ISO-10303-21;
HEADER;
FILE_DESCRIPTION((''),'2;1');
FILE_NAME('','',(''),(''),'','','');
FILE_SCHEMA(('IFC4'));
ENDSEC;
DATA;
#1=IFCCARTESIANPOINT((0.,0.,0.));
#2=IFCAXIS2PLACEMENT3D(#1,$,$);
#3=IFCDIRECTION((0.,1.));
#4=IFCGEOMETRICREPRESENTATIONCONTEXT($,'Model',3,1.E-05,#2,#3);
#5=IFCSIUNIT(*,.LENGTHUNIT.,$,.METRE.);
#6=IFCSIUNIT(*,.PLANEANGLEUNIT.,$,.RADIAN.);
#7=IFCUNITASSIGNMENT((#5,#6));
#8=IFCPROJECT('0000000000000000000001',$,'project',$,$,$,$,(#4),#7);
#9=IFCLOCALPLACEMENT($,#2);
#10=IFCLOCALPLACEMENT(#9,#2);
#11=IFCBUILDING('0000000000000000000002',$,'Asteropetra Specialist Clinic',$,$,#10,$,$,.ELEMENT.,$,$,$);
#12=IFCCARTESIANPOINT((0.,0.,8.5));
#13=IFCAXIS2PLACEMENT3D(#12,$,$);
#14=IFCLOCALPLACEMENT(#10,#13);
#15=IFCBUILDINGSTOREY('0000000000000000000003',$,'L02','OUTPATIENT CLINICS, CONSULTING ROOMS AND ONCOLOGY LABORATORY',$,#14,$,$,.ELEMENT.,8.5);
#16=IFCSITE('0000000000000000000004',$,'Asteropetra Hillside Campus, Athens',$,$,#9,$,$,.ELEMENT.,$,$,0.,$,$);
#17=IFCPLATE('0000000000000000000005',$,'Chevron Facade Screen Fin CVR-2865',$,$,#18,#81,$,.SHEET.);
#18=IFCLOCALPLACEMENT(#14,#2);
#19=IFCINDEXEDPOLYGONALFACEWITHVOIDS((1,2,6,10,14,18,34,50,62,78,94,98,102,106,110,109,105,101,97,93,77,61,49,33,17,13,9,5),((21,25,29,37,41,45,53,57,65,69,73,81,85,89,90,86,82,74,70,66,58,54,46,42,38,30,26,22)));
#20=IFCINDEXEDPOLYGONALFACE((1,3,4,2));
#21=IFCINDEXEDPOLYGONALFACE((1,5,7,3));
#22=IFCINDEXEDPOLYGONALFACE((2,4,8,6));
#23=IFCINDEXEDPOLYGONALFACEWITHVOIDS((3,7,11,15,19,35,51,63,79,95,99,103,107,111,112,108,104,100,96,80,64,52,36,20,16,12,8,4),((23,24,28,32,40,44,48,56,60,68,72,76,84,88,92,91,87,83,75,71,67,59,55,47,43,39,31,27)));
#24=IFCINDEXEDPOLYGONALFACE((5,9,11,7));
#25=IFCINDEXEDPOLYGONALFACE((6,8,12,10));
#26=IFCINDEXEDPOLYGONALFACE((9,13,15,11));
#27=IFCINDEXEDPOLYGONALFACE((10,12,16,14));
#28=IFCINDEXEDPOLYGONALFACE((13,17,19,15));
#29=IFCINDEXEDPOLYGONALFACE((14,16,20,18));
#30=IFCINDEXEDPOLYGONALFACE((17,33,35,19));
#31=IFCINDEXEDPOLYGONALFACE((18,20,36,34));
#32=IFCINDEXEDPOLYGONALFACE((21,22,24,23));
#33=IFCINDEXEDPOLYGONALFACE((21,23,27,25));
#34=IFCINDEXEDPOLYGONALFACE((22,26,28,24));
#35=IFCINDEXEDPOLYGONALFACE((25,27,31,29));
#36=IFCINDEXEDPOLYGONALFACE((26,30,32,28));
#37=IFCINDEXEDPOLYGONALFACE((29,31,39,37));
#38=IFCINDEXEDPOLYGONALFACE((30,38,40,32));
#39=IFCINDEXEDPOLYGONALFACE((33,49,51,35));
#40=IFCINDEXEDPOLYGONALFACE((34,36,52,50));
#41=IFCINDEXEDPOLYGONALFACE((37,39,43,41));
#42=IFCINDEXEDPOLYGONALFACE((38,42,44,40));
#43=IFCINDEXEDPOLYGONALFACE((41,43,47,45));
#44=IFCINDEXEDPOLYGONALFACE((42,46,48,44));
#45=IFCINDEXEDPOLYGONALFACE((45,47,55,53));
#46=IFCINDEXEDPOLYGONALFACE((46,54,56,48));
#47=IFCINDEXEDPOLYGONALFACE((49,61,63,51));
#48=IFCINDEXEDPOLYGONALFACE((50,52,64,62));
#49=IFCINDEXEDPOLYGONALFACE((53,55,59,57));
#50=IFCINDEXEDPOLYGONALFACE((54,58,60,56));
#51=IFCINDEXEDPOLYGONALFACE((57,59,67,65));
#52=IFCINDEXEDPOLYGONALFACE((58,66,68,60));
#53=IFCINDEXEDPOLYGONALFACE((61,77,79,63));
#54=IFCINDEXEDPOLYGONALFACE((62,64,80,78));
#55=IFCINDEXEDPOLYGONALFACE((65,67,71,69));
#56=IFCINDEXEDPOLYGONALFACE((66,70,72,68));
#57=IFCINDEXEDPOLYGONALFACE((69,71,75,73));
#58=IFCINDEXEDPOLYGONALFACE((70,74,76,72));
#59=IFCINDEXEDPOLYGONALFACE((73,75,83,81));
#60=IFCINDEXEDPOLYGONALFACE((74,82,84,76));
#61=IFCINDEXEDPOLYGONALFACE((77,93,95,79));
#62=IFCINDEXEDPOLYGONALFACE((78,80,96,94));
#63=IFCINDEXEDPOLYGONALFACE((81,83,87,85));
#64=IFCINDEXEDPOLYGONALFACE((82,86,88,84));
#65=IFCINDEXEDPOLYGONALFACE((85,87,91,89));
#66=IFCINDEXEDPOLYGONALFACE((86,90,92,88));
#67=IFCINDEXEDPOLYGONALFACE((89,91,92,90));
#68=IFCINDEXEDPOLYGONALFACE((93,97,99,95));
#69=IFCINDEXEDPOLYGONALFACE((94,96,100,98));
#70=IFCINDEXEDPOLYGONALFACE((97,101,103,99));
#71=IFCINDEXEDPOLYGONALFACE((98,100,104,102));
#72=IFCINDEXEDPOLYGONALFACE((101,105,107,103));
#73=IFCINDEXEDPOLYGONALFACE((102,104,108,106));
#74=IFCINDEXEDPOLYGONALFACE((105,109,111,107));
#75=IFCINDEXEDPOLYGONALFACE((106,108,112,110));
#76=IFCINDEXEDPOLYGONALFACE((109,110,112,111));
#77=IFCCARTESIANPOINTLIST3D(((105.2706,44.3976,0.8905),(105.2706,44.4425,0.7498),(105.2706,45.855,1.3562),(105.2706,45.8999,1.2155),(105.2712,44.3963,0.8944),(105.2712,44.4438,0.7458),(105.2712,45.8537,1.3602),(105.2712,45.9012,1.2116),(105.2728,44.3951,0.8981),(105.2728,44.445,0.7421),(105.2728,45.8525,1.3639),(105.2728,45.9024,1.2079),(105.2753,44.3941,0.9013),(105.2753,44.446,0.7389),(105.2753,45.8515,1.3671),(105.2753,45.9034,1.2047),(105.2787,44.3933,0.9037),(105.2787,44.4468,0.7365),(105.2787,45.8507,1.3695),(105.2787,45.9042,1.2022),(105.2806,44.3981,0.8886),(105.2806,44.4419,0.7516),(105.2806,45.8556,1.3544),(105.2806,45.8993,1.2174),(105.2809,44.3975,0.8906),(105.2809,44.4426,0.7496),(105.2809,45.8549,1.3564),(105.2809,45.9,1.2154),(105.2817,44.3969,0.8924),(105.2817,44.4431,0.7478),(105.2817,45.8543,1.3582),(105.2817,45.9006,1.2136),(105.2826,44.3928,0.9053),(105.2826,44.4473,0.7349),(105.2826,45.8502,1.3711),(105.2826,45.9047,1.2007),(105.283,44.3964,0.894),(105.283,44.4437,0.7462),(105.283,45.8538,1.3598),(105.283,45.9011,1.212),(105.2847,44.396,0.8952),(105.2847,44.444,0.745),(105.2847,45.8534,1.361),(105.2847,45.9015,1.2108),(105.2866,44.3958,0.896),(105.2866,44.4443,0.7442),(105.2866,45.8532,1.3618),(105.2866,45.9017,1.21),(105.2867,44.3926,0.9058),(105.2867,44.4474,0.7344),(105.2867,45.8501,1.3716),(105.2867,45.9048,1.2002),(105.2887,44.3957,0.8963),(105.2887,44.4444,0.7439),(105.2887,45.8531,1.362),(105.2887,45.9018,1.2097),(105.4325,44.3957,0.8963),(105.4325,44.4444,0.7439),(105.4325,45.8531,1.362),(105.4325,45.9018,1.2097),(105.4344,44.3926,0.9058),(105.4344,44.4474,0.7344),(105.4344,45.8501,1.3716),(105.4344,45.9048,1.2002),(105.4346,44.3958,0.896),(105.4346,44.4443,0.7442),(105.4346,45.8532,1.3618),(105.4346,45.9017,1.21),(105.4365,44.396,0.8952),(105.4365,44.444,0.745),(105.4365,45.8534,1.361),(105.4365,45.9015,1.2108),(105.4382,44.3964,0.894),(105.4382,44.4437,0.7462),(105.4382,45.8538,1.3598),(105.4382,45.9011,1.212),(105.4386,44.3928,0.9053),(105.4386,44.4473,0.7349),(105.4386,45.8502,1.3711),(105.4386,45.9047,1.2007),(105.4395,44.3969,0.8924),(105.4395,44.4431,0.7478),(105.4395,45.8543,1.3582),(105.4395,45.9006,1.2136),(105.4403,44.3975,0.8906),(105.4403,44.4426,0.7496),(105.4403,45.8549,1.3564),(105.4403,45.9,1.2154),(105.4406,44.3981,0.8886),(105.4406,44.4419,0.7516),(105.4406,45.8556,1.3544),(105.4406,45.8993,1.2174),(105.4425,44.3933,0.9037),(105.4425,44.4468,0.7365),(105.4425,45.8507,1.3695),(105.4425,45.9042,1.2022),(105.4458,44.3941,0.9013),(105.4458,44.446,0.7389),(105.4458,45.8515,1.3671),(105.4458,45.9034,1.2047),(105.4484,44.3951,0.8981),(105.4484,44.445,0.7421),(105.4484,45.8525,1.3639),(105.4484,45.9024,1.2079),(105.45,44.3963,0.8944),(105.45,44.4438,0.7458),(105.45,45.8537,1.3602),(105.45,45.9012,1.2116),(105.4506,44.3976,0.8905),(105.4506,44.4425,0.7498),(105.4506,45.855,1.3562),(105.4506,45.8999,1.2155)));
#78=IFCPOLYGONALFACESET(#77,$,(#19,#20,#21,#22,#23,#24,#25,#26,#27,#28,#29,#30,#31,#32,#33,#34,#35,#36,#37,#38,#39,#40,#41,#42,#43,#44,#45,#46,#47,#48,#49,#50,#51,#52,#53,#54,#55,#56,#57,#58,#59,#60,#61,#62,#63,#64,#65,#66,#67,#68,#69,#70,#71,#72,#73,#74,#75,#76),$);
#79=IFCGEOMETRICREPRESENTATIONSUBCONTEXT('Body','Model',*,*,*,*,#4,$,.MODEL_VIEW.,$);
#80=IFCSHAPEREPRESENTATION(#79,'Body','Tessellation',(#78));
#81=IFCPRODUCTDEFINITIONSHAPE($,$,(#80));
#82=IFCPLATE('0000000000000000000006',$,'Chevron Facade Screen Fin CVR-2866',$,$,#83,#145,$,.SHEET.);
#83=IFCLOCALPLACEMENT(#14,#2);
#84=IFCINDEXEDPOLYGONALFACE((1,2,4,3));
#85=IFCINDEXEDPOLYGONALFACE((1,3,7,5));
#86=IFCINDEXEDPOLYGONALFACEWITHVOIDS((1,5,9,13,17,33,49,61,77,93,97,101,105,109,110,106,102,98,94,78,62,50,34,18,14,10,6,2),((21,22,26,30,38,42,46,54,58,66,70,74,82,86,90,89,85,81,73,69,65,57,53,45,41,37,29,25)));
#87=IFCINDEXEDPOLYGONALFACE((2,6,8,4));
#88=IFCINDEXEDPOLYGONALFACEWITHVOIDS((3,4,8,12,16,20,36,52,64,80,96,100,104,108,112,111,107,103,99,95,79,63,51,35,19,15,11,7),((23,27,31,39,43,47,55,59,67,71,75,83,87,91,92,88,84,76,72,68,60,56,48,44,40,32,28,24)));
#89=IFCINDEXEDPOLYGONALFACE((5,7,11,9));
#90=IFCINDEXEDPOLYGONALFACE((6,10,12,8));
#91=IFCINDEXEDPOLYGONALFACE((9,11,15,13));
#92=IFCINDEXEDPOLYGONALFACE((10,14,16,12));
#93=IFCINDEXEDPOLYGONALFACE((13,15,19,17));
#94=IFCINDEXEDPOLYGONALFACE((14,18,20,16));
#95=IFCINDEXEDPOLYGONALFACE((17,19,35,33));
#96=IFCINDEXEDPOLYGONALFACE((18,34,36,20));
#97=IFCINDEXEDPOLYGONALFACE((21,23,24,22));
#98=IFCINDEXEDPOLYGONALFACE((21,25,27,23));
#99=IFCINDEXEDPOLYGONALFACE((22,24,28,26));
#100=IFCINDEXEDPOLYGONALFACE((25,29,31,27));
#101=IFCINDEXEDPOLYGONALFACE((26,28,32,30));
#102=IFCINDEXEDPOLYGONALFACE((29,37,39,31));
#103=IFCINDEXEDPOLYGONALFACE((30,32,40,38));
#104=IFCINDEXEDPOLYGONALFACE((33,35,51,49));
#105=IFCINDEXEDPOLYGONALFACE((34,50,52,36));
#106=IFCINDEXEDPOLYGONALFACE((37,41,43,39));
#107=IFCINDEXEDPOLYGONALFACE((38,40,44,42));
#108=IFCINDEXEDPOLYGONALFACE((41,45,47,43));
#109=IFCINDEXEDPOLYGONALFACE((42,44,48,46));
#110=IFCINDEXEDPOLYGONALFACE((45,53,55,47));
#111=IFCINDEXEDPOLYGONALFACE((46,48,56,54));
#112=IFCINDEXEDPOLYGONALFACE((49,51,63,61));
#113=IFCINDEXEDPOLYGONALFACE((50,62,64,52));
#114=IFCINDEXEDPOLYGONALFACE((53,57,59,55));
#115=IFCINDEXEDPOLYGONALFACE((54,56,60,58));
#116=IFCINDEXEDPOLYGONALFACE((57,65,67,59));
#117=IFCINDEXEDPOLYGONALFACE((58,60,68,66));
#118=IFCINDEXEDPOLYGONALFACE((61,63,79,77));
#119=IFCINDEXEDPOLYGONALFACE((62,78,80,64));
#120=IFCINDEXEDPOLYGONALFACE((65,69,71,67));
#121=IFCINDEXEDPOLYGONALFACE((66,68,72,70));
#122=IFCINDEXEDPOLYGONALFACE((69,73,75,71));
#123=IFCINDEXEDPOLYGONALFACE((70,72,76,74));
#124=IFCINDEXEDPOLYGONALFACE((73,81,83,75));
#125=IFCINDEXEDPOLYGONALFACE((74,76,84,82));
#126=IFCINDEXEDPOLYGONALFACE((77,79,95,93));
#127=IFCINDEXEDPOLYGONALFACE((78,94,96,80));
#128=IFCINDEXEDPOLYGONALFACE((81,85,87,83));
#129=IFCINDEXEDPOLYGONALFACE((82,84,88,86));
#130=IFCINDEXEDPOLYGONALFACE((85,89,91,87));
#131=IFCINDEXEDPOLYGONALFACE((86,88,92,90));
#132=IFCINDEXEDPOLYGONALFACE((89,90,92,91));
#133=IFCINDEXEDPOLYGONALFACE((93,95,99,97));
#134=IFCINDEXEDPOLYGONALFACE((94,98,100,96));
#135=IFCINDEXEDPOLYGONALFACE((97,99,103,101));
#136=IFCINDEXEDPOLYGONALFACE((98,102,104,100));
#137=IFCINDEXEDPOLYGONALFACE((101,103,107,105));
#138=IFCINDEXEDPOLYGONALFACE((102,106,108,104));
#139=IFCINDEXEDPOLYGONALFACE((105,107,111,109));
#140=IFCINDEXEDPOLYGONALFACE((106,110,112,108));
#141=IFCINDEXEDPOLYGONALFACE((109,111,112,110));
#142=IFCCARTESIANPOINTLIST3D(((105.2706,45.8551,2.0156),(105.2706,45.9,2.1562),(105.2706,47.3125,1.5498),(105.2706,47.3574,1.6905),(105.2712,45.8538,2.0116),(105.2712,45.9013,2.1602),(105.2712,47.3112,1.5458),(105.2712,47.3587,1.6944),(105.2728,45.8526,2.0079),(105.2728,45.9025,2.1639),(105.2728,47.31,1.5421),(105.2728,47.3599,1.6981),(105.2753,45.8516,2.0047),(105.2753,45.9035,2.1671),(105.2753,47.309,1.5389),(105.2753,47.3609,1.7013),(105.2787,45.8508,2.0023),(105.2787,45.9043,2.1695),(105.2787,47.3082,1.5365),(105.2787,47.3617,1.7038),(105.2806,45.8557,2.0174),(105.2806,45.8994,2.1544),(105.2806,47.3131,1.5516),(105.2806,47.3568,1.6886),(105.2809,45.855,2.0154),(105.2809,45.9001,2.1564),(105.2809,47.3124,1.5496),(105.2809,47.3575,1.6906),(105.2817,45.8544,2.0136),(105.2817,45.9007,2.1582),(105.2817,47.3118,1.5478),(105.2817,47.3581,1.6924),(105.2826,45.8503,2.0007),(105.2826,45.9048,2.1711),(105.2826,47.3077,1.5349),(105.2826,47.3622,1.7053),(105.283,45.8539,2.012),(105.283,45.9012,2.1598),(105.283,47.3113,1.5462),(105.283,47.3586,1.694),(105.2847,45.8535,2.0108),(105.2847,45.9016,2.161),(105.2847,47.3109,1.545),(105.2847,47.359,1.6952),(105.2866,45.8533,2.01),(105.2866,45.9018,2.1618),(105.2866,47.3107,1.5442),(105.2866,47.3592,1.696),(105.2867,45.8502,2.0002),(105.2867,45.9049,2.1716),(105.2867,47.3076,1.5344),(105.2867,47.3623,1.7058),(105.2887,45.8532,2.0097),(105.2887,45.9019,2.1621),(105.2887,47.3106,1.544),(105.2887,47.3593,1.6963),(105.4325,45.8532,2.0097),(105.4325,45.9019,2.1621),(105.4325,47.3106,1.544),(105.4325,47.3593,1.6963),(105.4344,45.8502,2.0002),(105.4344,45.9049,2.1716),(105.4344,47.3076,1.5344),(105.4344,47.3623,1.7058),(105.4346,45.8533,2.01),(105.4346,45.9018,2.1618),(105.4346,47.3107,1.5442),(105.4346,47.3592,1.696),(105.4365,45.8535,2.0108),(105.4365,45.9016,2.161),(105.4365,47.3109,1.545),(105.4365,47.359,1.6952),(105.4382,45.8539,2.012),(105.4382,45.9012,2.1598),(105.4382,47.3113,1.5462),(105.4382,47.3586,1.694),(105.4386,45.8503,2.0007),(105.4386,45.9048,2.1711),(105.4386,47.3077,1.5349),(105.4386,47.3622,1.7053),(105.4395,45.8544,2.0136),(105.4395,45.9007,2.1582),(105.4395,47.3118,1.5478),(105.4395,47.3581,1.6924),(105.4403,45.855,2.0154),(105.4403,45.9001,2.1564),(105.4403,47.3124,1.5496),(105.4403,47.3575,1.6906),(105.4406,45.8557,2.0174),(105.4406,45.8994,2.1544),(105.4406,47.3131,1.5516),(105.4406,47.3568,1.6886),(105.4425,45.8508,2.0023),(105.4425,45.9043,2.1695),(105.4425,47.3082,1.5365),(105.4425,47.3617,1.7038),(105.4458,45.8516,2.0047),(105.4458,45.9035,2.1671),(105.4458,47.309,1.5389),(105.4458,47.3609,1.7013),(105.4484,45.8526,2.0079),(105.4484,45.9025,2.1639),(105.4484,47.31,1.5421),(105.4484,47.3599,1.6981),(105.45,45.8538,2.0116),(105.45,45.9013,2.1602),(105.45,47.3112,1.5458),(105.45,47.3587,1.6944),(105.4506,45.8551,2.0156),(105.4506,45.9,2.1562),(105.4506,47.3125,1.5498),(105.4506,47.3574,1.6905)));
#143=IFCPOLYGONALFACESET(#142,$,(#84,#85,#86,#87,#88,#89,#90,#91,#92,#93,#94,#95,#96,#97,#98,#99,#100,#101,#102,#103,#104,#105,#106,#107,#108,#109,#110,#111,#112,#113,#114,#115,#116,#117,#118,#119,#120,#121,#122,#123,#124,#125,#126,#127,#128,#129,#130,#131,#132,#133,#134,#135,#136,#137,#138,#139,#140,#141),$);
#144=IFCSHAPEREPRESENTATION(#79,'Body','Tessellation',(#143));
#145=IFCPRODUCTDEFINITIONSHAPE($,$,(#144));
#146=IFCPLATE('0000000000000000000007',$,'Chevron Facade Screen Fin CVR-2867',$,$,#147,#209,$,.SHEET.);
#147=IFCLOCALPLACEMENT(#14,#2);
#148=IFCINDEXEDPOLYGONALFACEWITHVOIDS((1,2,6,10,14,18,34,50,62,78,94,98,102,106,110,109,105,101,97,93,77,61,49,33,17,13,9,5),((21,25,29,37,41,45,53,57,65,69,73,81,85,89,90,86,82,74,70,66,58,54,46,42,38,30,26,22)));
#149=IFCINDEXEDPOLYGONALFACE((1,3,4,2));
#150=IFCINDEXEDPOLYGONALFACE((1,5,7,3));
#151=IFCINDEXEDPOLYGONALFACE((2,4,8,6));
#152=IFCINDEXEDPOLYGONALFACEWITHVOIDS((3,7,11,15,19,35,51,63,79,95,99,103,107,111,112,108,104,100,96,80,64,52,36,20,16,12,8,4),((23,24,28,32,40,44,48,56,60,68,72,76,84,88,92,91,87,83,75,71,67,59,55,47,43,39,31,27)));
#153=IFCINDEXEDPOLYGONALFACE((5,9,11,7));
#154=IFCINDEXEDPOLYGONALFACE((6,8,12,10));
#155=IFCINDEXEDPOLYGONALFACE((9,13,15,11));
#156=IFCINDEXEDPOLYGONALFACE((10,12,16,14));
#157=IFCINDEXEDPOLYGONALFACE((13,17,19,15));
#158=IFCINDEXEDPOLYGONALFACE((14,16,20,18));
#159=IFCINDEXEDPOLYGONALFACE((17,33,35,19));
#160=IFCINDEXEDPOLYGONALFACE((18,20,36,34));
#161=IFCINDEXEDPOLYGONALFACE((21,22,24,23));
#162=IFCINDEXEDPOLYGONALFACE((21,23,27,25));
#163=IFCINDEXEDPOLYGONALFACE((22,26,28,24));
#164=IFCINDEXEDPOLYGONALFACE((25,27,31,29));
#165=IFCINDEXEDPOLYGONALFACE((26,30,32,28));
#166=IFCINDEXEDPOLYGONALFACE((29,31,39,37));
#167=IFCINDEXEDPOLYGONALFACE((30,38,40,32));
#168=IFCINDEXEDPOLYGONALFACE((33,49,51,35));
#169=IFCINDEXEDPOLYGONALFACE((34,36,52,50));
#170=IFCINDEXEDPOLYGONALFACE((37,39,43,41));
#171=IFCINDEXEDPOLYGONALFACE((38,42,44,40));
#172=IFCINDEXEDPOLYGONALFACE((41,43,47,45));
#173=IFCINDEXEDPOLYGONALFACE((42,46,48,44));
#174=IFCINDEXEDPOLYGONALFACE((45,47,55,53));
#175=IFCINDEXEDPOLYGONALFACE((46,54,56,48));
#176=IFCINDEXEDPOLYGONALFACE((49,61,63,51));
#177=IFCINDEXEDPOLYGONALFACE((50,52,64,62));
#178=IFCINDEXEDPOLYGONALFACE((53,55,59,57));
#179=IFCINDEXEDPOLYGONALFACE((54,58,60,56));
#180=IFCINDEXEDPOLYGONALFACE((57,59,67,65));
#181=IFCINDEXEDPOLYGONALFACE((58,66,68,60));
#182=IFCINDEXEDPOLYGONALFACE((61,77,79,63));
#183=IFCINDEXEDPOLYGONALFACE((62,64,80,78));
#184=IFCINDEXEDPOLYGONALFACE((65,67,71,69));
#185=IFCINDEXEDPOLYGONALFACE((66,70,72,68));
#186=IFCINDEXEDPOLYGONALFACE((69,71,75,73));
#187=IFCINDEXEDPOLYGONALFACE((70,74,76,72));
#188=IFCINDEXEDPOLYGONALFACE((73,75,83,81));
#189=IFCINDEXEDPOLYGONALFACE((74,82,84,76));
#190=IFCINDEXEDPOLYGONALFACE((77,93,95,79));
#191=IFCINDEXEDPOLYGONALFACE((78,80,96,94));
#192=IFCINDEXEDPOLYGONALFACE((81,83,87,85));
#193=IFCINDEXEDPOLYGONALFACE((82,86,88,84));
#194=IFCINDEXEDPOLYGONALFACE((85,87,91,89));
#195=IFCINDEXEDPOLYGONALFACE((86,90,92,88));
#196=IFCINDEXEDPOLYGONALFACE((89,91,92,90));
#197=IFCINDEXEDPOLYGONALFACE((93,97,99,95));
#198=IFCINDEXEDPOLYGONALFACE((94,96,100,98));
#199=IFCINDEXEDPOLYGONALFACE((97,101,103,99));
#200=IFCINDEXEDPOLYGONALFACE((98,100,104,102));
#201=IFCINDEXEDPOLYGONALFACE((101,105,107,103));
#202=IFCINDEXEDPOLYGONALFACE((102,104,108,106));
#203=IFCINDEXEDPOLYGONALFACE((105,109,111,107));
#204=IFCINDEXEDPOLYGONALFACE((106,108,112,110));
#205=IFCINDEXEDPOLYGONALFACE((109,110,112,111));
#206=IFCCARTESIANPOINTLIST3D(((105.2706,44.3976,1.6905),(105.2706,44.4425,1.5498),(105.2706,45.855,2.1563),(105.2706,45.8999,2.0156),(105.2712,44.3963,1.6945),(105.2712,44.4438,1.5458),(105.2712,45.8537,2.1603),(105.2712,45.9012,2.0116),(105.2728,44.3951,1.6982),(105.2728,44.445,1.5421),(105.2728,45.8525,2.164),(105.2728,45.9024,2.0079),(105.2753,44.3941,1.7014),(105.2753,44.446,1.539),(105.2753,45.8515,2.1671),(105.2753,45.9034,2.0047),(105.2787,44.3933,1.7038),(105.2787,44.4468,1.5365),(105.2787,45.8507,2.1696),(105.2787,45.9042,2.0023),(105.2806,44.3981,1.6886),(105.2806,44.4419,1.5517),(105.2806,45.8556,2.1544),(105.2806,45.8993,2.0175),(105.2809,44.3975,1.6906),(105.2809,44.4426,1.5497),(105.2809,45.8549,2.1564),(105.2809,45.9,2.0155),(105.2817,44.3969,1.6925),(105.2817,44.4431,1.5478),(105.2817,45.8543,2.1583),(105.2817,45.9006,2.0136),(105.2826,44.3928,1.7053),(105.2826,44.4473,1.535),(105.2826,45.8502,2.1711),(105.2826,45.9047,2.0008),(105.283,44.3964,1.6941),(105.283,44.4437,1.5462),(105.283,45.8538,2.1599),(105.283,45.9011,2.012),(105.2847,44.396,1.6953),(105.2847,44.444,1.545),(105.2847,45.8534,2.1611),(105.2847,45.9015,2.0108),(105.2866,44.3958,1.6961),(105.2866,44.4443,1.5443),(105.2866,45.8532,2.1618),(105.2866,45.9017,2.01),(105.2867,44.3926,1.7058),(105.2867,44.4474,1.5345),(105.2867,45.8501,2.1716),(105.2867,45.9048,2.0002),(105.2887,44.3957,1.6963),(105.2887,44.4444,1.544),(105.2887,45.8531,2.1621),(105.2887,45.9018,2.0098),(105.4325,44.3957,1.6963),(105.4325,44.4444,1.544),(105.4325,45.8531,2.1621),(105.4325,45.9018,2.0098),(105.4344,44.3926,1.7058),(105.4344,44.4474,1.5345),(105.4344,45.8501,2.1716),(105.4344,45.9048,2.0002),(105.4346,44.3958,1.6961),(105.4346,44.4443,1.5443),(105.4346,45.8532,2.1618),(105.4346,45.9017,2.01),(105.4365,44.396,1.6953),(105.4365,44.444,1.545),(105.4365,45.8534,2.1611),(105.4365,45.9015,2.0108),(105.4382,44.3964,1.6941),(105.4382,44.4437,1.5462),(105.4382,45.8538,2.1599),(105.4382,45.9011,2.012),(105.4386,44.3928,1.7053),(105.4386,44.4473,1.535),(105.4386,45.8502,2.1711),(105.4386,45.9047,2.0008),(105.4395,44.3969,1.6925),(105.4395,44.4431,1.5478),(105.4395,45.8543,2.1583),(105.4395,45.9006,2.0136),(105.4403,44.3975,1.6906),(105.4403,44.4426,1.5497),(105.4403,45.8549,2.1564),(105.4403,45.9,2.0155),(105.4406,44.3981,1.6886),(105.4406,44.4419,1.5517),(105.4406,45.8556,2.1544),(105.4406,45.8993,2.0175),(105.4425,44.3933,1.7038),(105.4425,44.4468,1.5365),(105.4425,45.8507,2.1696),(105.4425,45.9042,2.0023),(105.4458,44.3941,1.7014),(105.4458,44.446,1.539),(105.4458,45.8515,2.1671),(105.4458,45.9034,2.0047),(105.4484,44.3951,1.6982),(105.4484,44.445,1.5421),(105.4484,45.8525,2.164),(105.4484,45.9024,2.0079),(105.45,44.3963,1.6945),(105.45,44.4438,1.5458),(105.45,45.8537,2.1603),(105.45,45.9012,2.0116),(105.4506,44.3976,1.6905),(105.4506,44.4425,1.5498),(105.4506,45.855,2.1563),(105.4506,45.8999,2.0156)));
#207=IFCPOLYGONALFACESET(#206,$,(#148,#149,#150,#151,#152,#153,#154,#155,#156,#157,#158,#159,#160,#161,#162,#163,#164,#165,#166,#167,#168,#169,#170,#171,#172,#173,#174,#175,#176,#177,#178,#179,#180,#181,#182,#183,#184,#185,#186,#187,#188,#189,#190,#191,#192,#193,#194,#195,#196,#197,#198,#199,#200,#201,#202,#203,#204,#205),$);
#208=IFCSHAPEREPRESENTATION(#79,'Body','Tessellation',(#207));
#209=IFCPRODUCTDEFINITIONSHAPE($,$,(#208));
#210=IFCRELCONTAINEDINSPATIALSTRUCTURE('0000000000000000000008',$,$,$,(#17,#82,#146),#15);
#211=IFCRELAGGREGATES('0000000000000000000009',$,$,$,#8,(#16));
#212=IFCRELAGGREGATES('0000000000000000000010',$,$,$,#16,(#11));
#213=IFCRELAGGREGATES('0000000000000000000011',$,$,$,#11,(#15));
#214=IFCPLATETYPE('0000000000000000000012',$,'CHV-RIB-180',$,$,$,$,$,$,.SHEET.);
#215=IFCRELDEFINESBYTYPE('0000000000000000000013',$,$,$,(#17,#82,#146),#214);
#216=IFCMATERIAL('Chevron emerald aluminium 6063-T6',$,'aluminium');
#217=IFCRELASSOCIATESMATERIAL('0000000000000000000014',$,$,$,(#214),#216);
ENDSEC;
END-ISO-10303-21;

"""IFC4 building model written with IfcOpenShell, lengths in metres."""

from ifc_helpers import new_model, si_unit, direction, frame, origin, origin_2d, place, context, subcontext, project, spatial, hollow_rectangle, extrude, material, material_profile, profile_set, type_object, element, save


model = new_model("IFC4")

# Units and contexts
model_context = context("Model", 3, precision=1e-05, world=origin(), true_north=direction((0.0, 1.0)))
body_context = subcontext(model_context, "Body", "Model", "MODEL_VIEW")
ifc_project = project(units=[si_unit("LENGTHUNIT", "METRE"), si_unit("PLANEANGLEUNIT", "RADIAN")], contexts=[model_context])

# Site, building, storey
site_placement = place(None, origin())
site = spatial("IfcSite", under=ifc_project, at=site_placement, Name="Asteropetra Hillside Campus, Athens", CompositionType="ELEMENT", RefElevation=0.0)
building_placement = place(site_placement, origin())
building = spatial("IfcBuilding", under=site, at=building_placement, Name="Asteropetra Specialist Clinic", CompositionType="ELEMENT")
storey_placement = place(building_placement, frame((0.0, 0.0, 8.5)))
storey = spatial("IfcBuildingStorey", under=building, at=storey_placement, Name="L02", Description="OUTPATIENT CLINICS, CONSULTING ROOMS AND ONCOLOGY LABORATORY", CompositionType="ELEMENT", Elevation=8.5)

# Plates
ifc_material_1 = material(Name="Chevron emerald aluminium 6063-T6", Category="aluminium")
ifc_material_profile = material_profile(ifc_material_1, hollow_rectangle(XDim=0.1799, YDim=0.1799, WallThickness=0.01, InnerFilletRadius=0.0081, OuterFilletRadius=0.0161, at=origin_2d()), Name="SHS 180x180x10.0")
ifc_profile_set = profile_set([ifc_material_profile], Name="Chevron emerald aluminium 6063-T6")
plate_type_1 = type_object("IfcPlateType", Name="CHV-RIB-180", PredefinedType="SHEET", material=ifc_profile_set)
for number, where, z_axis, x_axis, name in (
    (1, (105.3606, 45.8774, 1.2859), (0.0, -0.952535, -0.304428), (1.0, 0.0, 0.0), "Chevron Facade Screen Fin CVR-2865"),
    (2, (105.3606, 47.335, 1.6201), (0.0, -0.952535, 0.304428), (1.0, 0.0, 0.0), "Chevron Facade Screen Fin CVR-2866"),
    (3, (105.3606, 45.8774, 2.0859), (0.0, -0.952535, -0.304428), (1.0, 0.0, 0.0), "Chevron Facade Screen Fin CVR-2867"),
):
    element("IfcPlate", number, at=place(storey_placement, frame(where, z_axis=z_axis, x_axis=x_axis)), inside=storey, type_object=plate_type_1, Name=name, PredefinedType="SHEET", context=body_context, shape_type="SweptSolid", body=[
        extrude(hollow_rectangle(XDim=0.1799, YDim=0.1799, WallThickness=0.01, InnerFilletRadius=0.0081, OuterFilletRadius=0.0161, at=origin_2d()), origin(), (0.0, 0.0, 1.0), 1.53),
    ])

save(model, "model.ifc")
